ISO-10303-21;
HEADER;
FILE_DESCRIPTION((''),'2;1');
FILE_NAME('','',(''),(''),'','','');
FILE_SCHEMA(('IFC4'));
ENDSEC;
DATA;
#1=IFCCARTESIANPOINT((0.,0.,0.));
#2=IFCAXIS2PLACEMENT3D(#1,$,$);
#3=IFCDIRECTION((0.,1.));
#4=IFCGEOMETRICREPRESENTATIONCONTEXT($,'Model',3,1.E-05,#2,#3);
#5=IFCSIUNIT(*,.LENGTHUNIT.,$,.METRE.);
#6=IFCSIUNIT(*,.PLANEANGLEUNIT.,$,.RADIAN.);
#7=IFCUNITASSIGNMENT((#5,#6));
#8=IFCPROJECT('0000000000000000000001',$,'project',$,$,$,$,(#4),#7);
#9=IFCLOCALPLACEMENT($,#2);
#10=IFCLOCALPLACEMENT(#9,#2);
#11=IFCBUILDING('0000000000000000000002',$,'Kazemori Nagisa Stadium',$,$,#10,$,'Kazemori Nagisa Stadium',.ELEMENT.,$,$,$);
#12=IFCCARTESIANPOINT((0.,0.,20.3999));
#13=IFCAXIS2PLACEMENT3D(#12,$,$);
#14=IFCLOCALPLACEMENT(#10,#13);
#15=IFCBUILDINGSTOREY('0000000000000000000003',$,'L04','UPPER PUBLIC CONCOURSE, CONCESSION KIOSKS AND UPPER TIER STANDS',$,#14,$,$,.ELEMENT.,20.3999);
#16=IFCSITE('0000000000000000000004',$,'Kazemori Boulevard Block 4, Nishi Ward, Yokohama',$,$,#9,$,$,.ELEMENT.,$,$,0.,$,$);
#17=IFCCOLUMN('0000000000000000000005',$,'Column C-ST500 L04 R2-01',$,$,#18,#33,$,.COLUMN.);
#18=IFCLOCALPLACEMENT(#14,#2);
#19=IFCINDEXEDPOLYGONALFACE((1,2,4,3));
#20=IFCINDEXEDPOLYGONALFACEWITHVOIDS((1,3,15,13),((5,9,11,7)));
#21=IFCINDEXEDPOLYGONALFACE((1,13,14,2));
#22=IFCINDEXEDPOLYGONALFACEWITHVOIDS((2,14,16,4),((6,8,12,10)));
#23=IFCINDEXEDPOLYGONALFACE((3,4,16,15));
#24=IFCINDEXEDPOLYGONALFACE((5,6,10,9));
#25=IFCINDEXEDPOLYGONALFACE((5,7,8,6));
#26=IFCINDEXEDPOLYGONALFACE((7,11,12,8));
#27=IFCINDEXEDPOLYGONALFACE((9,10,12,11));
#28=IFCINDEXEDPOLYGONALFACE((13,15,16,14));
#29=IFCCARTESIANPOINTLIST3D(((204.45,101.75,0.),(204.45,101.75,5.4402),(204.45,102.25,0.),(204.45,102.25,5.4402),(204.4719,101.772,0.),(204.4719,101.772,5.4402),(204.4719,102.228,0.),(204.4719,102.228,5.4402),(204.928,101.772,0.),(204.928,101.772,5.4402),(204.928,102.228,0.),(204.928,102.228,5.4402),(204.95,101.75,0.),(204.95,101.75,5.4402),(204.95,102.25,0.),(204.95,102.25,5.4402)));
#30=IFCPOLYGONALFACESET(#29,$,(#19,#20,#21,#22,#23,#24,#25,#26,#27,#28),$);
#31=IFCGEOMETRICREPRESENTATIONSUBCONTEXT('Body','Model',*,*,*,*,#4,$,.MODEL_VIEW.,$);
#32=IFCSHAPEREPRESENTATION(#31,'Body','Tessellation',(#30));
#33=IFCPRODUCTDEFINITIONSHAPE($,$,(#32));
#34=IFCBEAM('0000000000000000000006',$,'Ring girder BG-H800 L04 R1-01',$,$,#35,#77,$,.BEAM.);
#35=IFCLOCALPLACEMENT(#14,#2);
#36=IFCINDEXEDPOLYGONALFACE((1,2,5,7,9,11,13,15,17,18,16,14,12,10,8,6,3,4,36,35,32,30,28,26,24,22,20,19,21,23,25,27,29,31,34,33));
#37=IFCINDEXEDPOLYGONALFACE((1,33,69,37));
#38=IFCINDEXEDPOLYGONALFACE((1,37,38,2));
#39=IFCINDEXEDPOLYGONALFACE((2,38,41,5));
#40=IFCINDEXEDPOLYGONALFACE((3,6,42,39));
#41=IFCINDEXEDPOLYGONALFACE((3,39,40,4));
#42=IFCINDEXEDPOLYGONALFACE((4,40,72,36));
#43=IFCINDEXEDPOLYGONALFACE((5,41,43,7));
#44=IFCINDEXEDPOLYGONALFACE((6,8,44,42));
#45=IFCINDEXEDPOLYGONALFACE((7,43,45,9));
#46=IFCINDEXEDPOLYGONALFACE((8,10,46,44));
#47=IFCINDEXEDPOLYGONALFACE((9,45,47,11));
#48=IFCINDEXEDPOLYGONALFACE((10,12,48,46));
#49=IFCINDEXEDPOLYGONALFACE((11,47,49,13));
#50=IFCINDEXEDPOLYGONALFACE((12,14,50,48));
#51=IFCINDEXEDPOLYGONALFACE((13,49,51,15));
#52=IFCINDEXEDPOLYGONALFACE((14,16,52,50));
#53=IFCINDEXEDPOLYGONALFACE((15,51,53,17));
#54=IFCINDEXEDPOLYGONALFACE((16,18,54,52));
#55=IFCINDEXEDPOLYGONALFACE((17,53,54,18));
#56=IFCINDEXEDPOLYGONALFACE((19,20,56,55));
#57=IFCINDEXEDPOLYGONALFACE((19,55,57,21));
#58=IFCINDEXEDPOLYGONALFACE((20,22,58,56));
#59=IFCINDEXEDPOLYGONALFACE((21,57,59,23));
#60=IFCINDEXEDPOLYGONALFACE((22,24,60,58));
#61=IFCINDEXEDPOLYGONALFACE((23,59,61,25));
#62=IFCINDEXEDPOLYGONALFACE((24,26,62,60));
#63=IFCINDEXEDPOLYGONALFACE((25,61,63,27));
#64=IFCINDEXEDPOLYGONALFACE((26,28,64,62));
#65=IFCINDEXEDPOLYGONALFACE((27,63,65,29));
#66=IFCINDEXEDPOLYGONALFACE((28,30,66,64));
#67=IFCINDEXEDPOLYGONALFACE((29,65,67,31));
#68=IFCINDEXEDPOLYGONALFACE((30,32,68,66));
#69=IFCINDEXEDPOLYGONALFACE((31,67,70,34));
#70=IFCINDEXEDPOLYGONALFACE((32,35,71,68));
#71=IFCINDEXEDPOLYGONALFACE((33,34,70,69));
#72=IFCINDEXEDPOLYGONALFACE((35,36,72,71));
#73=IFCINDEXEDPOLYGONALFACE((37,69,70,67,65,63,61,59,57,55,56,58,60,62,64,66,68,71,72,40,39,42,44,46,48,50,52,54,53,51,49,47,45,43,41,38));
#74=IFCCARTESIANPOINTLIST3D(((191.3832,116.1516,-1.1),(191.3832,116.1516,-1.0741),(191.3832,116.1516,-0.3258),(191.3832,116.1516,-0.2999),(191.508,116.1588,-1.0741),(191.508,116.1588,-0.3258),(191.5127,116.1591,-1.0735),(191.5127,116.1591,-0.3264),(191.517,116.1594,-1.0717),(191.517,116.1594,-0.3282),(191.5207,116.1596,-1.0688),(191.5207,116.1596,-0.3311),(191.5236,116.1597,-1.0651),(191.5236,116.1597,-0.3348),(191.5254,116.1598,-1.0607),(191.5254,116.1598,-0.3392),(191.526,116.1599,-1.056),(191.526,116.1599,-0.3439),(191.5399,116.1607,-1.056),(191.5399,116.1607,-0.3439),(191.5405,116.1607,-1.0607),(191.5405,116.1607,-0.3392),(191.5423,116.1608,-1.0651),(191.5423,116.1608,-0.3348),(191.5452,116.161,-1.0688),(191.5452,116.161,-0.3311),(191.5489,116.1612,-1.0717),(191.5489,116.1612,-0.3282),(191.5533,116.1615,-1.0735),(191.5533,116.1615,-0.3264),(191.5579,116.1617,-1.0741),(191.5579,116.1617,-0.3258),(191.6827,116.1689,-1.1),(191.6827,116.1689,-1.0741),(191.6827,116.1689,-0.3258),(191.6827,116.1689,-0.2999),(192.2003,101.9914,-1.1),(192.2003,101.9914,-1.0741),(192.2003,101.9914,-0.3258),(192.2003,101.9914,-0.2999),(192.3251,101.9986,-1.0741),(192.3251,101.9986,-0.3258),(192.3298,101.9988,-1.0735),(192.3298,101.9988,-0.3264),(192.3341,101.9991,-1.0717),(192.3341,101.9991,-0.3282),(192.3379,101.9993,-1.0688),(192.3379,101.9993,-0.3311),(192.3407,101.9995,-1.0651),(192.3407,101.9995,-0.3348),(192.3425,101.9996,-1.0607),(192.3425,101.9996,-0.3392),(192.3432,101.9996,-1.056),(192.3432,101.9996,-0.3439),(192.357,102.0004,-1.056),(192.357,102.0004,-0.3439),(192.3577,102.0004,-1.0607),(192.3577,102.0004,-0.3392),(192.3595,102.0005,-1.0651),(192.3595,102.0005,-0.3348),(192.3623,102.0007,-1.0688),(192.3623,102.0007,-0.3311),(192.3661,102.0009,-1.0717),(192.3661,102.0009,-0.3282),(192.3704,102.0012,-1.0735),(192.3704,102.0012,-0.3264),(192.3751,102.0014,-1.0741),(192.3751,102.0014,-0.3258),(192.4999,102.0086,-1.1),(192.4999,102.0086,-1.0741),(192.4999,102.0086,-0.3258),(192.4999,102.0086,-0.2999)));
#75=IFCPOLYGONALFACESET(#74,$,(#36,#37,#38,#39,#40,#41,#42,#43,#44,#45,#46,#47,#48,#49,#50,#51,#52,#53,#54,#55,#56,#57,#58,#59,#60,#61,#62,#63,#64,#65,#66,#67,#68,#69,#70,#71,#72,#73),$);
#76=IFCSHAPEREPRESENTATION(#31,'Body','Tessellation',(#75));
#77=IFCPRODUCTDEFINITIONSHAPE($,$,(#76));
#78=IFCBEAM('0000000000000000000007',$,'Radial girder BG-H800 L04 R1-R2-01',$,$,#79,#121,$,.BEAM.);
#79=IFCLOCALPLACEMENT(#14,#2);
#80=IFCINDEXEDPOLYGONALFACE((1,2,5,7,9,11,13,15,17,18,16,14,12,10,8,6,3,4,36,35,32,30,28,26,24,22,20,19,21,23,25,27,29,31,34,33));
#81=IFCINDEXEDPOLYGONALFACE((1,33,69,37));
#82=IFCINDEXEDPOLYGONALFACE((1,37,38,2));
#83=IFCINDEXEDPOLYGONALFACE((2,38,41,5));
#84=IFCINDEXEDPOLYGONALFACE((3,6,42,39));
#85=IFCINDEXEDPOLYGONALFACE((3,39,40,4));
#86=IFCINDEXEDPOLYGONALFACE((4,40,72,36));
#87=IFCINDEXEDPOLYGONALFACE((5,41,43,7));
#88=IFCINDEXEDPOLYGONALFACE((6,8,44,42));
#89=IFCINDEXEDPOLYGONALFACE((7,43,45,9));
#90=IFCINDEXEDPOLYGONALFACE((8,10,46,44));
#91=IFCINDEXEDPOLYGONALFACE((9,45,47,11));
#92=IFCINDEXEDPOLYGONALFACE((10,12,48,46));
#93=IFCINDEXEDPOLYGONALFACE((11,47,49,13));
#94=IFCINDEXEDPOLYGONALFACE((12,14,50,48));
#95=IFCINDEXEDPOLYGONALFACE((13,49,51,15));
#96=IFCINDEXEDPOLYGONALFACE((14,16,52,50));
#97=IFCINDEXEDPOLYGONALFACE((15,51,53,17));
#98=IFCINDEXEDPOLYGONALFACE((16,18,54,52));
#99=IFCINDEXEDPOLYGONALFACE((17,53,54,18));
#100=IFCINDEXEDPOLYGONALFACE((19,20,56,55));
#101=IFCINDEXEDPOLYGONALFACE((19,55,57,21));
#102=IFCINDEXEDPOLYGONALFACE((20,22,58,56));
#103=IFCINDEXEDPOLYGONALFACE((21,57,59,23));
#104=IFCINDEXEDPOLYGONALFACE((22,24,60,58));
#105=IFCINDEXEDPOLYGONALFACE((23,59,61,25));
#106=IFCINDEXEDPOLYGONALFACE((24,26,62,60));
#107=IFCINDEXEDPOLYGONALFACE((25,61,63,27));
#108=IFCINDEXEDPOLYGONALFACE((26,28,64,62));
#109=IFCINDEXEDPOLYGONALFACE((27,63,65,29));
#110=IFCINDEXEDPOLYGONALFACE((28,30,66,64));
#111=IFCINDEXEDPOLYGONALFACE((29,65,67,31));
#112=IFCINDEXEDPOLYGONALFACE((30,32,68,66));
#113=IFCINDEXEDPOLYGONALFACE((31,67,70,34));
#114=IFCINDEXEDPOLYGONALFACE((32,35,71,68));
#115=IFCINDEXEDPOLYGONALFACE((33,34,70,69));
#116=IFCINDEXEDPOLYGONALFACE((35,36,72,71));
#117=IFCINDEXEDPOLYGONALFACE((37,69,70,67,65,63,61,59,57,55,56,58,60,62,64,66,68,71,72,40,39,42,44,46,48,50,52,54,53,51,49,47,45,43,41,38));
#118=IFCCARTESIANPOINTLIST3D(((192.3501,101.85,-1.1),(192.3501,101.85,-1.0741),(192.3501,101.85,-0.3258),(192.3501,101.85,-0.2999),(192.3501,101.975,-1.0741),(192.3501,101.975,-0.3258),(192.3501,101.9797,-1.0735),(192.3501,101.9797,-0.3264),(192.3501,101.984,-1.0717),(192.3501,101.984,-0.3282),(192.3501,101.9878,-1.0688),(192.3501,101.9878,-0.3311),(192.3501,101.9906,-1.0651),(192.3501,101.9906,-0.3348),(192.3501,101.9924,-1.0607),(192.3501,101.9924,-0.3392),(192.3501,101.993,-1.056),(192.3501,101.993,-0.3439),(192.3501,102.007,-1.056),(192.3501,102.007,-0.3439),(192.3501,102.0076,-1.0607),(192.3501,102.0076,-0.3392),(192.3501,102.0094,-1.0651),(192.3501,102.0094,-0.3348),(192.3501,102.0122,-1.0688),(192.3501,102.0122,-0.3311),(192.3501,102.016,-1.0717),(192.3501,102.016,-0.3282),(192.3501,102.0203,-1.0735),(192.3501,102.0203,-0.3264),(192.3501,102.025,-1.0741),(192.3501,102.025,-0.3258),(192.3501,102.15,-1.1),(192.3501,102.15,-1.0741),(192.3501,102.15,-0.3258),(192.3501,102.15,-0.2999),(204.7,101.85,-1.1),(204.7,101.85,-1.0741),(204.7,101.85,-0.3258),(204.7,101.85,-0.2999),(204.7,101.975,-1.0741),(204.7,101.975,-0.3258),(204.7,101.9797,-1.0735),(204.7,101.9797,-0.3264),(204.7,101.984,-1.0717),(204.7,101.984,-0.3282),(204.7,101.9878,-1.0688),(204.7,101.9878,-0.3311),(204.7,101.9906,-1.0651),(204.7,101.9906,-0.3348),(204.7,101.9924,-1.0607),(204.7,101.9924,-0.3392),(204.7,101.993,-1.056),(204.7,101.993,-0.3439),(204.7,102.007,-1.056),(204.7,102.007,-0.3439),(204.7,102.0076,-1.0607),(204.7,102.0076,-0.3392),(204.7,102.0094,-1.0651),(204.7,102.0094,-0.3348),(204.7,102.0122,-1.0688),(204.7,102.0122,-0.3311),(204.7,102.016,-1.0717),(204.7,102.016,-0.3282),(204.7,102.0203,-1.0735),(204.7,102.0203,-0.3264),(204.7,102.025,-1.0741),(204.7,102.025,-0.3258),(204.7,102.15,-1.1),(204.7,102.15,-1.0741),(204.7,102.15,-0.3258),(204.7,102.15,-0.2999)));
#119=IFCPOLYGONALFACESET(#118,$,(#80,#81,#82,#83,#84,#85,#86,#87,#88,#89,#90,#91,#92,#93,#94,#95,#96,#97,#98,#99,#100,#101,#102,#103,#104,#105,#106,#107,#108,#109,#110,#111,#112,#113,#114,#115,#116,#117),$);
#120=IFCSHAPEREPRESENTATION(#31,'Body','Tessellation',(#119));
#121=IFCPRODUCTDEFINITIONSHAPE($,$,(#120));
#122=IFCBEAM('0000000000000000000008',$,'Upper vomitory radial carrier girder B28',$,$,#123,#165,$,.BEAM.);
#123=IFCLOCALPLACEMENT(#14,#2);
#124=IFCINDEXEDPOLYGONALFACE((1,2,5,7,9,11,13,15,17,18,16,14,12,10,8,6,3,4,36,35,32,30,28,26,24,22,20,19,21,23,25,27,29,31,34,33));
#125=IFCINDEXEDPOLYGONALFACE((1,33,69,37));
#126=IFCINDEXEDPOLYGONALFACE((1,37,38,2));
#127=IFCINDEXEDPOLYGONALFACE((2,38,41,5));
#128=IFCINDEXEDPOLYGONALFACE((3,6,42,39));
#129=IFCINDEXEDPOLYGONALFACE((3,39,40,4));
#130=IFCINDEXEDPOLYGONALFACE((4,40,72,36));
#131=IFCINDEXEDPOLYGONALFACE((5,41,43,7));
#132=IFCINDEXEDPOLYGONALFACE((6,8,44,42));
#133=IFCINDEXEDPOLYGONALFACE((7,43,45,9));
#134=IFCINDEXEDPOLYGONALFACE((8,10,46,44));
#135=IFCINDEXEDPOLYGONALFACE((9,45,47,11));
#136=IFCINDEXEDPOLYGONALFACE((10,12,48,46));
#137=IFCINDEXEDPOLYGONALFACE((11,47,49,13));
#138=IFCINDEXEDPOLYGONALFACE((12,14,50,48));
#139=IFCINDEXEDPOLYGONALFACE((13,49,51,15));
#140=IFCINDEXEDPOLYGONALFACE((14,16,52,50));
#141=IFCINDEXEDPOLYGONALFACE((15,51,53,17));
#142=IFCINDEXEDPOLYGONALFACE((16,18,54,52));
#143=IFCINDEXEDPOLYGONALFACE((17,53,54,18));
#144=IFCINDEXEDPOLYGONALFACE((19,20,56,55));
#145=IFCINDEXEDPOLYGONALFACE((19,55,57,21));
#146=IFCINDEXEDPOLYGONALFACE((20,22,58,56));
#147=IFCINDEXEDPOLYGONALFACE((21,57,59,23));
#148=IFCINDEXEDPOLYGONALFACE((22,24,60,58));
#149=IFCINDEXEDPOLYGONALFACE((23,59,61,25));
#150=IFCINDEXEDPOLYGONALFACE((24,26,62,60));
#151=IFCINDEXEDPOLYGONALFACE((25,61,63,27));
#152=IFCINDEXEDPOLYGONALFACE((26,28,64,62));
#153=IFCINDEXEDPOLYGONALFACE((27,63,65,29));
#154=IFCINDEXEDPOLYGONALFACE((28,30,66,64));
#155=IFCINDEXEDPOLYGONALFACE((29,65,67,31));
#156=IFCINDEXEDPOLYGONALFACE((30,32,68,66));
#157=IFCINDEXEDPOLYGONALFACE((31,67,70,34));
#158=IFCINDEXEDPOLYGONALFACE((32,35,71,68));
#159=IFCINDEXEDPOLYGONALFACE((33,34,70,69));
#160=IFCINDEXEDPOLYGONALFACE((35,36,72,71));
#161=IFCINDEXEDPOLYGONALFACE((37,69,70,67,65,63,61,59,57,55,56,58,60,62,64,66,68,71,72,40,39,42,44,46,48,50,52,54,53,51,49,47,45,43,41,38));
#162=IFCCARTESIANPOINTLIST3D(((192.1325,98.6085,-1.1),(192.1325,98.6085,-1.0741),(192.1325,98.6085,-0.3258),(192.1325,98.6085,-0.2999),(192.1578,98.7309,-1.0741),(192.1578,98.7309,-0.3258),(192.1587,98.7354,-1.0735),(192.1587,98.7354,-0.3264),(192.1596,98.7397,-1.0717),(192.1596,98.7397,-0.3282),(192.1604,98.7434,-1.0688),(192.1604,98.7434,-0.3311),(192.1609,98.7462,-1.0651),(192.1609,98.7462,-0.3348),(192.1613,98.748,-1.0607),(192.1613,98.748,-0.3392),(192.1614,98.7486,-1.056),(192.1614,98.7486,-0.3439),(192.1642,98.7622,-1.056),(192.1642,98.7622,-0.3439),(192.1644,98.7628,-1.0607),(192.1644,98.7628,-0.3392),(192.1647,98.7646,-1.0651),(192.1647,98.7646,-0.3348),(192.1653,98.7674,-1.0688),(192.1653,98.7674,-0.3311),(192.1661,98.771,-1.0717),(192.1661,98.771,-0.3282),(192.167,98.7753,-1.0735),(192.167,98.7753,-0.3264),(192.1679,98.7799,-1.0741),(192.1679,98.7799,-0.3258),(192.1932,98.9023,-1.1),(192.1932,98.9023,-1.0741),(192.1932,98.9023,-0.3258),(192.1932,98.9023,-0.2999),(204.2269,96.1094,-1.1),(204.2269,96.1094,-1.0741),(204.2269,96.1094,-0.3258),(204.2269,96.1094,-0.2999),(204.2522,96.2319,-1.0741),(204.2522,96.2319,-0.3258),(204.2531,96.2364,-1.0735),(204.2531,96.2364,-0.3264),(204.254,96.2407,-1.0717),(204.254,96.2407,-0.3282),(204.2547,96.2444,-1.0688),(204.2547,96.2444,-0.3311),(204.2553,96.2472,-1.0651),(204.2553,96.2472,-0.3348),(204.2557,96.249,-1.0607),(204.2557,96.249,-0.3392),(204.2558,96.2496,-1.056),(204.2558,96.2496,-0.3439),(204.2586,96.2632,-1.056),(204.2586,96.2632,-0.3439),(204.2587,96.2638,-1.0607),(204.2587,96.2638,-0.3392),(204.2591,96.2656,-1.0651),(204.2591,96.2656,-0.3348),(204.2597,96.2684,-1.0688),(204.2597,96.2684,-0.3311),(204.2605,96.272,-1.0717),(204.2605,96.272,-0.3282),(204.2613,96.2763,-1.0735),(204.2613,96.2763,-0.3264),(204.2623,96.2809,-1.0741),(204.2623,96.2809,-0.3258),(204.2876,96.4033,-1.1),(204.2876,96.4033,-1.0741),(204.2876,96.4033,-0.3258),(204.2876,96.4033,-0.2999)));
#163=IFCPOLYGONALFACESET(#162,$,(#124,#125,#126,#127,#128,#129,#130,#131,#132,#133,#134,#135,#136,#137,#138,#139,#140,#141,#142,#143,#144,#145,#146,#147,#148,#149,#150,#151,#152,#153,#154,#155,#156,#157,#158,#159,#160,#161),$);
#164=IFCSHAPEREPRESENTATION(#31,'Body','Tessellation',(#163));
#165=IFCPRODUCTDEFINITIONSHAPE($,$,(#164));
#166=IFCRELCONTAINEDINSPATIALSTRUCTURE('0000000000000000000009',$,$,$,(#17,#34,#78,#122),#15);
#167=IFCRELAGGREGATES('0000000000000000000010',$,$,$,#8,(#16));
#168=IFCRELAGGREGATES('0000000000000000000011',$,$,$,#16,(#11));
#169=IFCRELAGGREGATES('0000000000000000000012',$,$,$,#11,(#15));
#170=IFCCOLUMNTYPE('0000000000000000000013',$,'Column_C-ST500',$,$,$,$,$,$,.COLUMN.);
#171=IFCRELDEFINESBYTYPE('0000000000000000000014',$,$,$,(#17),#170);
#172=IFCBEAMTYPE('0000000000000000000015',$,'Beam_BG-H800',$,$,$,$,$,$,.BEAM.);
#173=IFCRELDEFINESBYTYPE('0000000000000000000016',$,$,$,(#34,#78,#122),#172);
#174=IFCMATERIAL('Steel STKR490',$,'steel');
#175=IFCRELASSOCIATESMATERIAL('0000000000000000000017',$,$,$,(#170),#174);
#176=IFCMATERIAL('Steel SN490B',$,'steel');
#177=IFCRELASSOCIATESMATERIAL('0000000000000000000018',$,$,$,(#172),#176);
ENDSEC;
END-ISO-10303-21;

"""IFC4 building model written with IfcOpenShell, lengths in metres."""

from ifc_helpers import new_model, si_unit, direction, frame, origin, origin_2d, place, context, subcontext, project, spatial, hollow_rectangle, i_section, extrude, material, material_profile, profile_set, type_object, element, save


model = new_model("IFC4")

# Units and contexts
model_context = context("Model", 3, precision=1e-05, world=origin(), true_north=direction((0.0, 1.0)))
body_context = subcontext(model_context, "Body", "Model", "MODEL_VIEW")
ifc_project = project(units=[si_unit("LENGTHUNIT", "METRE"), si_unit("PLANEANGLEUNIT", "RADIAN")], contexts=[model_context])

# Site, building, storey
site_placement = place(None, origin())
site = spatial("IfcSite", under=ifc_project, at=site_placement, Name="Kazemori Boulevard Block 4, Nishi Ward, Yokohama", CompositionType="ELEMENT", RefElevation=0.0)
building_placement = place(site_placement, origin())
building = spatial("IfcBuilding", under=site, at=building_placement, Name="Kazemori Nagisa Stadium", LongName="Kazemori Nagisa Stadium", CompositionType="ELEMENT")
storey_placement = place(building_placement, frame((0.0, 0.0, 20.3999)))
storey = spatial("IfcBuildingStorey", under=building, at=storey_placement, Name="L04", Description="UPPER PUBLIC CONCOURSE, CONCESSION KIOSKS AND UPPER TIER STANDS", CompositionType="ELEMENT", Elevation=20.3999)

# Column
ifc_material_1 = material(Name="Steel STKR490", Category="steel")
ifc_material_profile_1 = material_profile(ifc_material_1, hollow_rectangle(XDim=0.5, YDim=0.5, WallThickness=0.022, at=origin_2d()), Name="SHS-500x500x22")
ifc_profile_set_1 = profile_set([ifc_material_profile_1], Name="Steel STKR490")
column_type = type_object("IfcColumnType", Name="Column_C-ST500", PredefinedType="COLUMN", material=ifc_profile_set_1)
column_placement = place(storey_placement, frame((204.7, 102.0, 0.0), z_axis=(0.0, 0.0, 1.0), x_axis=(1.0, 0.0, 0.0)))
element("IfcColumn", 1, at=column_placement, inside=storey, type_object=column_type, Name="Column C-ST500 L04 R2-01", PredefinedType="COLUMN", context=body_context, shape_type="SweptSolid", body=[
    extrude(hollow_rectangle(XDim=0.5, YDim=0.5, WallThickness=0.022, at=origin_2d()), origin(), (0.0, 0.0, 1.0), 5.4402),
])

# Beams
ifc_material_2 = material(Name="Steel SN490B", Category="steel")
ifc_material_profile_2 = material_profile(ifc_material_2, i_section(OverallWidth=0.3, OverallDepth=0.8, WebThickness=0.0139, FlangeThickness=0.0259, FilletRadius=0.0181, at=origin_2d()), Name="H-800x300x14x26")
ifc_profile_set_2 = profile_set([ifc_material_profile_2], Name="Steel SN490B")
beam_type_1 = type_object("IfcBeamType", Name="Beam_BG-H800", PredefinedType="BEAM", material=ifc_profile_set_2)
beam_1_placement = place(storey_placement, frame((192.3501, 102.0, -0.7), z_axis=(-0.05761, 0.998339, 0.0), x_axis=(-0.998339, -0.05761, 0.0)))
element("IfcBeam", 2, at=beam_1_placement, inside=storey, type_object=beam_type_1, Name="Ring girder BG-H800 L04 R1-01", PredefinedType="BEAM", context=body_context, shape_type="SweptSolid", body=[
    extrude(i_section(OverallWidth=0.3, OverallDepth=0.8, WebThickness=0.0139, FlangeThickness=0.0259, FilletRadius=0.0181, at=origin_2d()), origin(), (0.0, 0.0, 1.0), 14.1838),
])
for number, where, z_axis, x_axis, name in (
    (3, (192.3501, 102.0, -0.7), (1.0, 0.0, 0.0), (0.0, 1.0, 0.0), "Radial girder BG-H800 L04 R1-R2-01"),
    (4, (192.1628, 98.7554, -0.7), (0.979313, -0.202351, 0.0), (0.202351, 0.979313, 0.0), "Upper vomitory radial carrier girder B28"),
):
    element("IfcBeam", number, at=place(storey_placement, frame(where, z_axis=z_axis, x_axis=x_axis)), inside=storey, type_object=beam_type_1, Name=name, PredefinedType="BEAM", context=body_context, shape_type="SweptSolid", body=[
        extrude(i_section(OverallWidth=0.3, OverallDepth=0.8, WebThickness=0.0139, FlangeThickness=0.0259, FilletRadius=0.0181, at=origin_2d()), origin(), (0.0, 0.0, 1.0), 12.3499),
    ])

save(model, "model.ifc")
